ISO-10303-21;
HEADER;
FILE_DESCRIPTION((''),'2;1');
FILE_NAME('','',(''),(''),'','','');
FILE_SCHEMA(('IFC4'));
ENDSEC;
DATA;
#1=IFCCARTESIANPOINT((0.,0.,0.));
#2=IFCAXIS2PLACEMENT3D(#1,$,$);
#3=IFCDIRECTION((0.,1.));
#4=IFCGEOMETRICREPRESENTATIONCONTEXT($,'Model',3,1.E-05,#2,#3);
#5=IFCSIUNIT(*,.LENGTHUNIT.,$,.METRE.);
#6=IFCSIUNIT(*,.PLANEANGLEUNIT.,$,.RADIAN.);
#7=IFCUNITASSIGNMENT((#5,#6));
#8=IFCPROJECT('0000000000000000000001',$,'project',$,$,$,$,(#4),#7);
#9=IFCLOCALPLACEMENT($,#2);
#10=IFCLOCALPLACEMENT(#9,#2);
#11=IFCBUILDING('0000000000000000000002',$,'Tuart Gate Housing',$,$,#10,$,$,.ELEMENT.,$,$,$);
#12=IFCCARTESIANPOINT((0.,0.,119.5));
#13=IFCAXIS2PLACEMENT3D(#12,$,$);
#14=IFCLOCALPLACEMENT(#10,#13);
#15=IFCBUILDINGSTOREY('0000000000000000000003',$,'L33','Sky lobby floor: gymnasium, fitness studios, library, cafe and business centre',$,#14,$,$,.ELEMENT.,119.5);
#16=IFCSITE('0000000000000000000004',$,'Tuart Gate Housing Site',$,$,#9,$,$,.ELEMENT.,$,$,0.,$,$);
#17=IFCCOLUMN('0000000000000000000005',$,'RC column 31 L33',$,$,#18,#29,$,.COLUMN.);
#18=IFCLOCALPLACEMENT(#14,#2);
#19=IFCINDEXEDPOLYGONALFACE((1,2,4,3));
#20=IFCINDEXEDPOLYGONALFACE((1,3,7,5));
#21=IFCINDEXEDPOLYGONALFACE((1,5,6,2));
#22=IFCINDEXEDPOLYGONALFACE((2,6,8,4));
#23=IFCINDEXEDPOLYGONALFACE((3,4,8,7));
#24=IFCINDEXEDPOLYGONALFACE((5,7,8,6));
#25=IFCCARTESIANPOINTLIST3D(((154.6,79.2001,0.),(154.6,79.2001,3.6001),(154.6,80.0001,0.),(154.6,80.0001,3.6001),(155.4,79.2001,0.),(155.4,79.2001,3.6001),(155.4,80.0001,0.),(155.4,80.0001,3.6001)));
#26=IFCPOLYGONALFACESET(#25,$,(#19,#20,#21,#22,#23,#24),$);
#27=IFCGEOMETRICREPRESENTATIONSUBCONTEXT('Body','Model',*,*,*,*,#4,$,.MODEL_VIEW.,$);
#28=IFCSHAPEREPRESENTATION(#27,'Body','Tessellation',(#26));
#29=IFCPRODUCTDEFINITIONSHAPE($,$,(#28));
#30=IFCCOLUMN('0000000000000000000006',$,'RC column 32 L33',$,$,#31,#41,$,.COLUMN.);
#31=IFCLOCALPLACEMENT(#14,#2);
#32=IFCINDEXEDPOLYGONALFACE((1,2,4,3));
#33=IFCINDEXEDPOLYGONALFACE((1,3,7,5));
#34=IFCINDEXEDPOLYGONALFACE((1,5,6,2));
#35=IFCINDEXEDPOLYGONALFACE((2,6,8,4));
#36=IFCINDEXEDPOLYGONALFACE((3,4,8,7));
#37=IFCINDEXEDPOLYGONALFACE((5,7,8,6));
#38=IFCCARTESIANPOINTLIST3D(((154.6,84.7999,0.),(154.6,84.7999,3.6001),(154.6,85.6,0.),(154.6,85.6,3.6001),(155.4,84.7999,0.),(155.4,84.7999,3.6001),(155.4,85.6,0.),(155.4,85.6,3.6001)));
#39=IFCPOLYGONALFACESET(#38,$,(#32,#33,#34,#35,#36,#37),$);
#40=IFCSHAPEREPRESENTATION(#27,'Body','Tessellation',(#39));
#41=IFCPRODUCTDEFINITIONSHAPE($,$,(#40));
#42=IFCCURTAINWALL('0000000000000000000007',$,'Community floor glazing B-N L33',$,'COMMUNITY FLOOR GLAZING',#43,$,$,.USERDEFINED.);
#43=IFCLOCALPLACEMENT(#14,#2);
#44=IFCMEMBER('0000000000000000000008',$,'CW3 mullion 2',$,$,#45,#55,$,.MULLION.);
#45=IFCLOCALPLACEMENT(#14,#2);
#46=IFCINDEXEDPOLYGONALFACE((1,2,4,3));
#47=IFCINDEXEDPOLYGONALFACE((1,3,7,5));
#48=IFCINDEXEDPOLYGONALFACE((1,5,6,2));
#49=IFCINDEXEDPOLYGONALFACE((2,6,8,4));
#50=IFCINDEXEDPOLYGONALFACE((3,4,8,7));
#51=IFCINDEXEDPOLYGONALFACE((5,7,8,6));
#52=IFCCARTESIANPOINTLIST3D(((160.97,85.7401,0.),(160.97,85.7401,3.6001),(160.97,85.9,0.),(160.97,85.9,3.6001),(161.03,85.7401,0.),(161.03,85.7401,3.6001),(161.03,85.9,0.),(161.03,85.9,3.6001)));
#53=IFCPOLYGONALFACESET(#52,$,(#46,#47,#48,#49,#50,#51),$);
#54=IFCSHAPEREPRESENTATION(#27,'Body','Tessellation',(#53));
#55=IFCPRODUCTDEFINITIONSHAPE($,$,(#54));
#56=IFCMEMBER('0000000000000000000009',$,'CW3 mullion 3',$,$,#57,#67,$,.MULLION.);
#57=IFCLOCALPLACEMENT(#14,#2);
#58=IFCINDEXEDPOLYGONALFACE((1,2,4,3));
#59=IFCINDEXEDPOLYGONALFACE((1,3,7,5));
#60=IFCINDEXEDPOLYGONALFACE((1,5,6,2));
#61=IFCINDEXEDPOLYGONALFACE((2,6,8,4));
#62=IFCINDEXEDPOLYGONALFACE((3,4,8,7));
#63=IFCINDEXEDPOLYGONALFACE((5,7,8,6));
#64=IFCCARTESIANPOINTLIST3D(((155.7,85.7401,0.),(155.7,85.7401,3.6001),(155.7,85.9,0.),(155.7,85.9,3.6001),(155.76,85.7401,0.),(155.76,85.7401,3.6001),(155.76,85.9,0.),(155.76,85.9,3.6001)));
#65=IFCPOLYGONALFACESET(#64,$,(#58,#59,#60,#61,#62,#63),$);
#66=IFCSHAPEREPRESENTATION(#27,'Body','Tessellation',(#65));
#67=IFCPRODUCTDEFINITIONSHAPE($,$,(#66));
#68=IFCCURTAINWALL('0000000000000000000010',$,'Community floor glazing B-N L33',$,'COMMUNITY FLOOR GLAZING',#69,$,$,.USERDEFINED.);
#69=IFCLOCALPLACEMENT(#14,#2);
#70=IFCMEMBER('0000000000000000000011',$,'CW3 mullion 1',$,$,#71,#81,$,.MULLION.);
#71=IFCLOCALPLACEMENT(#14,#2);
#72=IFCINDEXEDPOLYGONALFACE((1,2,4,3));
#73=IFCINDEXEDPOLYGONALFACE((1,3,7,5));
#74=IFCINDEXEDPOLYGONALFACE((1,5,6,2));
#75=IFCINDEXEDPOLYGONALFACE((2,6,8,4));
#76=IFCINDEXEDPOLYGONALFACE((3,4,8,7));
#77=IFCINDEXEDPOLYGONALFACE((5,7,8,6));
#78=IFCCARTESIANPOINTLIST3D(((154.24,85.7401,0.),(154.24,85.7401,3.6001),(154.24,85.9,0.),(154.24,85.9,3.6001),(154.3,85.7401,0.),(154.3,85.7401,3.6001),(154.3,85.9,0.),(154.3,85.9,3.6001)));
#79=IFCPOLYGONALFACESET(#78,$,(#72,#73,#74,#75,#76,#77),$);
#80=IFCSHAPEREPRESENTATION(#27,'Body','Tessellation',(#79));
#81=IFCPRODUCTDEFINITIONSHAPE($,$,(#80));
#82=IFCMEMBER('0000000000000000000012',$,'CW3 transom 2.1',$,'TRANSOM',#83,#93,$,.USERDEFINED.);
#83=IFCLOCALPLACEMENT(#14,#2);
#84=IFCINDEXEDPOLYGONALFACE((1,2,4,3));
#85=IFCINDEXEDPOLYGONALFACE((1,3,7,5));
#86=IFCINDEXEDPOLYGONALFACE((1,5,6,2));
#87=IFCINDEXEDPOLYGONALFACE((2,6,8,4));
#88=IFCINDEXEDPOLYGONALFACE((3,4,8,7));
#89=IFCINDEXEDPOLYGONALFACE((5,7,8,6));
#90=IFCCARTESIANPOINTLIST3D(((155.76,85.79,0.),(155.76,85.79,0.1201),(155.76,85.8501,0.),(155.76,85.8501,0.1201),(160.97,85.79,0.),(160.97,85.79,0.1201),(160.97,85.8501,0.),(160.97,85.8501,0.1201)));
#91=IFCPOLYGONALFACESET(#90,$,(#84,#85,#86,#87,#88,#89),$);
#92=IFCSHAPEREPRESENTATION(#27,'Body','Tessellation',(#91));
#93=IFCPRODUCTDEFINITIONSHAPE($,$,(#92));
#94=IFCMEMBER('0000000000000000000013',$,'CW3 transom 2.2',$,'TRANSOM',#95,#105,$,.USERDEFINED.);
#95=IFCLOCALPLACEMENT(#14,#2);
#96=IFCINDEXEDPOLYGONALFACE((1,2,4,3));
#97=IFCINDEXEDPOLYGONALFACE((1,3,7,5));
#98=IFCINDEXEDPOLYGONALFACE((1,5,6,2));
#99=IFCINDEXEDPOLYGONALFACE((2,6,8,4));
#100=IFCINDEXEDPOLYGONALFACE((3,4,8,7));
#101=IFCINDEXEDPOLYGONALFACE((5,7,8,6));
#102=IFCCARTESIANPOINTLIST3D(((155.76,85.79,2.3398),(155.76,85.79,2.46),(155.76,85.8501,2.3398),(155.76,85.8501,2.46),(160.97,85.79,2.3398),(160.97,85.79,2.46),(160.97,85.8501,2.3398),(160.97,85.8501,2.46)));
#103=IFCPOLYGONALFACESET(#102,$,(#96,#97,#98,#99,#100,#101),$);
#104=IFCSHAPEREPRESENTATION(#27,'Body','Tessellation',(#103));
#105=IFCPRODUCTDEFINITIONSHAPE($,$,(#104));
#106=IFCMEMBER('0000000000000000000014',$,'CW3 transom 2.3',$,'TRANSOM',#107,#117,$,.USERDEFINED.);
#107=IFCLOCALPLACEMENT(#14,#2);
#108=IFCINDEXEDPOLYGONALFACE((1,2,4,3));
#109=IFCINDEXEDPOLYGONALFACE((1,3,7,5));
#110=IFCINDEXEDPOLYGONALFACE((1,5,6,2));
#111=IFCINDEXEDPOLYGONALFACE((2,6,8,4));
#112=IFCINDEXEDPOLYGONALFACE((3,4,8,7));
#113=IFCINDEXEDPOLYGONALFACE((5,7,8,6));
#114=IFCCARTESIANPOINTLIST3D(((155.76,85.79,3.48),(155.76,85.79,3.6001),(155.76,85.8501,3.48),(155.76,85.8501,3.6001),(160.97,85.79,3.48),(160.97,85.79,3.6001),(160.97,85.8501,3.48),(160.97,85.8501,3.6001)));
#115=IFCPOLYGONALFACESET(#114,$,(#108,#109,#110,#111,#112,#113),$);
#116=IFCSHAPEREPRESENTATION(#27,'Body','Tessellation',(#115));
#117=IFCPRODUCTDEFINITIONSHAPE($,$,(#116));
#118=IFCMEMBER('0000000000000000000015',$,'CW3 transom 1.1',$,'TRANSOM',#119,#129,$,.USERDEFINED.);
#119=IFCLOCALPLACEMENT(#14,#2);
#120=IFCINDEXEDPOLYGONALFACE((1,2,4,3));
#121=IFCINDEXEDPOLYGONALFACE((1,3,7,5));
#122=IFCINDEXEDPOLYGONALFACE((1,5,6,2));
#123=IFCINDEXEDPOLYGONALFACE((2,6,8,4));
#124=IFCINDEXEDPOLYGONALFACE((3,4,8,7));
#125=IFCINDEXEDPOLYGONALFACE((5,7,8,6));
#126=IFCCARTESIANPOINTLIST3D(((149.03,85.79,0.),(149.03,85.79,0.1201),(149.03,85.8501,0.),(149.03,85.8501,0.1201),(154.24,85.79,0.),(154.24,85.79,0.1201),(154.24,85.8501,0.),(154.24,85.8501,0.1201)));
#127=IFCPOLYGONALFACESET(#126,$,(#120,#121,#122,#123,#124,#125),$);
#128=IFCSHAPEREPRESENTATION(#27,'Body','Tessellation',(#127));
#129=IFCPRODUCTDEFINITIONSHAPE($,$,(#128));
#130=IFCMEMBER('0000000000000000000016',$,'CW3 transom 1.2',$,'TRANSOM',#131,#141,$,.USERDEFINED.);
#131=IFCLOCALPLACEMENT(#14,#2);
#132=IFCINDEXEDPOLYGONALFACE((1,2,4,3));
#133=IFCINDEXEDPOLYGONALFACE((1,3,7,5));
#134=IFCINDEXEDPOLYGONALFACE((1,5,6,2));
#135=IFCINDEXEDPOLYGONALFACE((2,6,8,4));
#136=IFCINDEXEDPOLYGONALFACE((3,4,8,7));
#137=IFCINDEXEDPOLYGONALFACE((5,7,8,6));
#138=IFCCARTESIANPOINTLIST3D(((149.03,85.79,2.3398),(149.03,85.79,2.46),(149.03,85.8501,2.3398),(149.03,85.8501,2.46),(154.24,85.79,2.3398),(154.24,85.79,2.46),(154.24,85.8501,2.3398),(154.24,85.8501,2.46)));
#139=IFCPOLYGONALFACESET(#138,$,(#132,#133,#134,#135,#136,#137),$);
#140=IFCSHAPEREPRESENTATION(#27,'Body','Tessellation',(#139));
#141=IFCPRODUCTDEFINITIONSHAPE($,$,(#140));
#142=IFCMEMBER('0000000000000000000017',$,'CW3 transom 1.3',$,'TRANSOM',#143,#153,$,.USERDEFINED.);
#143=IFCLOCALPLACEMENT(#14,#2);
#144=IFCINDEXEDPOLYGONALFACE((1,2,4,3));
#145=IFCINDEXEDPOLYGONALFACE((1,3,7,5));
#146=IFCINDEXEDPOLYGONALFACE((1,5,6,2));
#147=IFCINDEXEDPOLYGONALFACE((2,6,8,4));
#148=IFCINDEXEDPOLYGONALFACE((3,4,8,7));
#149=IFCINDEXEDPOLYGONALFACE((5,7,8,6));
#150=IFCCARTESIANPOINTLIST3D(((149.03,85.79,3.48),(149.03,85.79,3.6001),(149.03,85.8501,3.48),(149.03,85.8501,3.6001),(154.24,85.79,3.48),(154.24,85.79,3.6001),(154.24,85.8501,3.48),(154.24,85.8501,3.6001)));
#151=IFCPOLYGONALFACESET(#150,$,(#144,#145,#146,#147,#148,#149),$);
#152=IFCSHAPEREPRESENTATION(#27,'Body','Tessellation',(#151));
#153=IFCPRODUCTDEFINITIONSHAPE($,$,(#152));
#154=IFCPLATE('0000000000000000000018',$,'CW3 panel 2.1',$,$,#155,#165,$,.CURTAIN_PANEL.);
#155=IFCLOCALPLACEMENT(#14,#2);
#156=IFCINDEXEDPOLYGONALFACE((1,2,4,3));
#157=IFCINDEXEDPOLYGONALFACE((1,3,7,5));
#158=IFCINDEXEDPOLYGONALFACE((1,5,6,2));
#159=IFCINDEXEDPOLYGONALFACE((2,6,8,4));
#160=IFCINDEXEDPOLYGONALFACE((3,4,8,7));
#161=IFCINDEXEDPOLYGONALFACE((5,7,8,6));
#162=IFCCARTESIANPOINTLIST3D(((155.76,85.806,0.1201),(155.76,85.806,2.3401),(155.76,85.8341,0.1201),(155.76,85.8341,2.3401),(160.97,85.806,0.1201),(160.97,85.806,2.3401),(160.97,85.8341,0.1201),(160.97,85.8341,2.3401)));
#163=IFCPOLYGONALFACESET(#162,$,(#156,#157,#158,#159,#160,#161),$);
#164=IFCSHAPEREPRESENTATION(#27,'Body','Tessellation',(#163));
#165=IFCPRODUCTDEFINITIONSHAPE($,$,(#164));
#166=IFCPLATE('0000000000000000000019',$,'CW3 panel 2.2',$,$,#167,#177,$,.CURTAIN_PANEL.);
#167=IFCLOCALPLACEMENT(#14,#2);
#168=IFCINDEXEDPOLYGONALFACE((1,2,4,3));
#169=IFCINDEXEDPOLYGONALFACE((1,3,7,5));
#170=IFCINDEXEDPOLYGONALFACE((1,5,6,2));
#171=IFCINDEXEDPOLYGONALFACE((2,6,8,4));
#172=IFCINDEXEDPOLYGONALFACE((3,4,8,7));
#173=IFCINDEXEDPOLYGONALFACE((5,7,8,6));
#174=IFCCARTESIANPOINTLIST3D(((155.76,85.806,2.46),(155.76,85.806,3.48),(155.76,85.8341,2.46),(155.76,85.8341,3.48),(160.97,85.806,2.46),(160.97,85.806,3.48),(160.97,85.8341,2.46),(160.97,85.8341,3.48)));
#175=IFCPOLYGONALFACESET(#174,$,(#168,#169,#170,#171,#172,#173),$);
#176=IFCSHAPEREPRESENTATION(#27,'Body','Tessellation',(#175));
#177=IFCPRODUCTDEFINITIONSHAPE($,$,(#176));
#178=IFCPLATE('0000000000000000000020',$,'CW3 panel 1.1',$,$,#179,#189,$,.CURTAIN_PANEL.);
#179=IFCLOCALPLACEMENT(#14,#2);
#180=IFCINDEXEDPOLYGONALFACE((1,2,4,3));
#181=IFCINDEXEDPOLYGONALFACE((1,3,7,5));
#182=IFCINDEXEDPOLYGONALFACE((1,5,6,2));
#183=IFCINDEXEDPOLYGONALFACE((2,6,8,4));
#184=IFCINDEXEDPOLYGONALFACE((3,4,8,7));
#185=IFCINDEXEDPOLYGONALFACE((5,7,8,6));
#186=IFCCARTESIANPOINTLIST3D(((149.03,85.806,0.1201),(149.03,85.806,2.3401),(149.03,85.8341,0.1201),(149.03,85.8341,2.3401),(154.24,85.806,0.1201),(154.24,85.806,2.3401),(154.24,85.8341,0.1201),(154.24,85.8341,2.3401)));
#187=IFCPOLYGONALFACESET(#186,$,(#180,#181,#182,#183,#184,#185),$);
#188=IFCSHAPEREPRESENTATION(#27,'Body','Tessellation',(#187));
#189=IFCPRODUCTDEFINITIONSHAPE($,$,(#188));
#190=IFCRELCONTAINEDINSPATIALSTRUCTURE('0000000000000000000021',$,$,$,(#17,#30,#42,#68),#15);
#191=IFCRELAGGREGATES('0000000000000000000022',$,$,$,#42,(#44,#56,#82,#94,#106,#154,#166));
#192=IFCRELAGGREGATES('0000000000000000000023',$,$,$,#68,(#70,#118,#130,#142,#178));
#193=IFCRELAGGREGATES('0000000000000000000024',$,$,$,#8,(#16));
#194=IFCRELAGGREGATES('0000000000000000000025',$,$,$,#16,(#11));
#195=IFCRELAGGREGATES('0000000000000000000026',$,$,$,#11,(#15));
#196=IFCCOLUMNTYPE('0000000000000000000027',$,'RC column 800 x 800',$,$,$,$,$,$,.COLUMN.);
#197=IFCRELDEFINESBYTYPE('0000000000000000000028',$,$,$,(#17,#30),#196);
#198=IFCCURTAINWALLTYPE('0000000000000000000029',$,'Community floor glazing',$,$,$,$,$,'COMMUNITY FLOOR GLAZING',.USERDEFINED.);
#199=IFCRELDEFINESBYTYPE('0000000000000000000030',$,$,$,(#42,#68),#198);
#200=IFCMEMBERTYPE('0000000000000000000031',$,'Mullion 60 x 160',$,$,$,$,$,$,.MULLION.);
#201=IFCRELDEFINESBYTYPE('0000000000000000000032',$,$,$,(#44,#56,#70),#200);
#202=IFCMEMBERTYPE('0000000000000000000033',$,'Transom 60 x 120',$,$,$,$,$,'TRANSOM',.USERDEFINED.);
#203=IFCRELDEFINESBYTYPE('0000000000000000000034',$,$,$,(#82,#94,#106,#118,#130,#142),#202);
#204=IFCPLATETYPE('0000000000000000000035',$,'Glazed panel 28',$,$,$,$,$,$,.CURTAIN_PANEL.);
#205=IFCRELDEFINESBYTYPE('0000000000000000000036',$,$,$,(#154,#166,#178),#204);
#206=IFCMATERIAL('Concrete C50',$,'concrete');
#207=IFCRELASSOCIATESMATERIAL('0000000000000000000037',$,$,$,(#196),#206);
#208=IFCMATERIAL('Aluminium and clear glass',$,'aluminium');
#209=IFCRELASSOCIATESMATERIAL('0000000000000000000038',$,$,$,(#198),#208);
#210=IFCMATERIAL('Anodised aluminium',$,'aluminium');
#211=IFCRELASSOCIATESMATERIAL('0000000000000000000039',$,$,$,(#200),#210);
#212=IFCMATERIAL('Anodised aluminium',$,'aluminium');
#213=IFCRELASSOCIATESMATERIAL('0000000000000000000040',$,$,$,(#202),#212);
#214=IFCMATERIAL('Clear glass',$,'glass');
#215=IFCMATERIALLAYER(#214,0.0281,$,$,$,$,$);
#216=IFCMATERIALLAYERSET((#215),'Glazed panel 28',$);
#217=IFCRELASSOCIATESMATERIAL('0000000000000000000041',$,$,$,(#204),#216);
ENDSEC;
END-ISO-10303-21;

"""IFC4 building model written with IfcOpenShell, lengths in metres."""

from ifc_helpers import new_model, si_unit, direction, frame, origin, origin_2d, place, context, subcontext, project, spatial, rectangle, extrude, material, layer, layer_set, material_profile, profile_set, type_object, element, aggregate, save


model = new_model("IFC4")

# Units and contexts
model_context = context("Model", 3, precision=1e-05, world=origin(), true_north=direction((0.0, 1.0)))
body_context = subcontext(model_context, "Body", "Model", "MODEL_VIEW")
ifc_project = project(units=[si_unit("LENGTHUNIT", "METRE"), si_unit("PLANEANGLEUNIT", "RADIAN")], contexts=[model_context])

# Site, building, storey
site_placement = place(None, origin())
site = spatial("IfcSite", under=ifc_project, at=site_placement, Name="Tuart Gate Housing Site", CompositionType="ELEMENT", RefElevation=0.0)
building_placement = place(site_placement, origin())
building = spatial("IfcBuilding", under=site, at=building_placement, Name="Tuart Gate Housing", CompositionType="ELEMENT")
storey_placement = place(building_placement, frame((0.0, 0.0, 119.5)))
storey = spatial("IfcBuildingStorey", under=building, at=storey_placement, Name="L33", Description="Sky lobby floor: gymnasium, fitness studios, library, cafe and business centre", CompositionType="ELEMENT", Elevation=119.5)

# Columns
ifc_material_1 = material(Name="Concrete C50", Category="concrete")
ifc_material_profile_1 = material_profile(ifc_material_1, rectangle(XDim=0.8, YDim=0.8, at=origin_2d()), Name="RC column 800 x 800")
ifc_profile_set_1 = profile_set([ifc_material_profile_1], Name="Concrete C50")
column_type = type_object("IfcColumnType", Name="RC column 800 x 800", PredefinedType="COLUMN", material=ifc_profile_set_1)
for number, where, z_axis, x_axis, name in (
    (1, (155.0, 79.6001, 0.0), (0.0, 0.0, 1.0), (1.0, 0.0, 0.0), "RC column 31 L33"),
    (2, (155.0, 85.2, 0.0), (0.0, 0.0, 1.0), (1.0, 0.0, 0.0), "RC column 32 L33"),
):
    element("IfcColumn", number, at=place(storey_placement, frame(where, z_axis=z_axis, x_axis=x_axis)), inside=storey, type_object=column_type, Name=name, PredefinedType="COLUMN", context=body_context, shape_type="SweptSolid", body=[
        extrude(rectangle(XDim=0.8, YDim=0.8, at=origin_2d()), origin(), (0.0, 0.0, 1.0), 3.6001),
    ])

# Curtain wall, members
ifc_material_2 = material(Name="Aluminium and clear glass", Category="aluminium")
curtain_wall_type = type_object("IfcCurtainWallType", Name="Community floor glazing", ElementType="COMMUNITY FLOOR GLAZING", PredefinedType="USERDEFINED", material=ifc_material_2)
curtain_wall_1_placement = place(storey_placement, origin())
curtain_wall_1 = element("IfcCurtainWall", 3, at=curtain_wall_1_placement, inside=storey, type_object=curtain_wall_type, Name="Community floor glazing B-N L33", ObjectType="COMMUNITY FLOOR GLAZING", PredefinedType="USERDEFINED")
ifc_material_3 = material(Name="Anodised aluminium", Category="aluminium")
ifc_material_profile_2 = material_profile(ifc_material_3, rectangle(XDim=0.0601, YDim=0.1599, at=origin_2d()), Name="60x160")
ifc_profile_set_2 = profile_set([ifc_material_profile_2], Name="Anodised aluminium")
member_type_1 = type_object("IfcMemberType", Name="Mullion 60 x 160", PredefinedType="MULLION", material=ifc_profile_set_2)
member_1_placement = place(storey_placement, frame((161.0, 85.8201, 0.0), z_axis=(0.0, 0.0, 1.0), x_axis=(-1.0, 0.0, 0.0)))
member_1 = element("IfcMember", 4, at=member_1_placement, type_object=member_type_1, Name="CW3 mullion 2", PredefinedType="MULLION", context=body_context, shape_type="SweptSolid", body=[
    extrude(rectangle(XDim=0.0601, YDim=0.1599, at=origin_2d()), origin(), (0.0, 0.0, 1.0), 3.6001),
])
member_2_placement = place(storey_placement, frame((155.73, 85.8201, 0.0), z_axis=(0.0, 0.0, 1.0), x_axis=(-1.0, 0.0, 0.0)))
member_2 = element("IfcMember", 5, at=member_2_placement, type_object=member_type_1, Name="CW3 mullion 3", PredefinedType="MULLION", context=body_context, shape_type="SweptSolid", body=[
    extrude(rectangle(XDim=0.0601, YDim=0.1599, at=origin_2d()), origin(), (0.0, 0.0, 1.0), 3.6001),
])

# Curtain wall, member
curtain_wall_2_placement = place(storey_placement, origin())
curtain_wall_2 = element("IfcCurtainWall", 6, at=curtain_wall_2_placement, inside=storey, type_object=curtain_wall_type, Name="Community floor glazing B-N L33", ObjectType="COMMUNITY FLOOR GLAZING", PredefinedType="USERDEFINED")
member_3_placement = place(storey_placement, frame((154.27, 85.8201, 0.0), z_axis=(0.0, 0.0, 1.0), x_axis=(-1.0, 0.0, 0.0)))
member_3 = element("IfcMember", 7, at=member_3_placement, type_object=member_type_1, Name="CW3 mullion 1", PredefinedType="MULLION", context=body_context, shape_type="SweptSolid", body=[
    extrude(rectangle(XDim=0.0601, YDim=0.1599, at=origin_2d()), origin(), (0.0, 0.0, 1.0), 3.6001),
])

# Members
ifc_material_4 = material(Name="Anodised aluminium", Category="aluminium")
ifc_material_profile_3 = material_profile(ifc_material_4, rectangle(XDim=0.0601, YDim=0.1201, at=origin_2d()), Name="60x120")
ifc_profile_set_3 = profile_set([ifc_material_profile_3], Name="Anodised aluminium")
member_type_2 = type_object("IfcMemberType", Name="Transom 60 x 120", ElementType="TRANSOM", PredefinedType="USERDEFINED", material=ifc_profile_set_3)
member_4_placement = place(storey_placement, frame((160.97, 85.8201, 0.0601), z_axis=(-1.0, 0.0, 0.0), x_axis=(0.0, -1.0, 0.0)))
member_4 = element("IfcMember", 8, at=member_4_placement, type_object=member_type_2, Name="CW3 transom 2.1", ObjectType="TRANSOM", PredefinedType="USERDEFINED", context=body_context, shape_type="SweptSolid", body=[
    extrude(rectangle(XDim=0.0601, YDim=0.1201, at=origin_2d()), origin(), (0.0, 0.0, 1.0), 5.21),
])
member_5_placement = place(storey_placement, frame((160.97, 85.8201, 2.3999), z_axis=(-1.0, 0.0, 0.0), x_axis=(0.0, -1.0, 0.0)))
member_5 = element("IfcMember", 9, at=member_5_placement, type_object=member_type_2, Name="CW3 transom 2.2", ObjectType="TRANSOM", PredefinedType="USERDEFINED", context=body_context, shape_type="SweptSolid", body=[
    extrude(rectangle(XDim=0.0601, YDim=0.1201, at=origin_2d()), origin(), (0.0, 0.0, 1.0), 5.21),
])
member_6_placement = place(storey_placement, frame((160.97, 85.8201, 3.54), z_axis=(-1.0, 0.0, 0.0), x_axis=(0.0, -1.0, 0.0)))
member_6 = element("IfcMember", 10, at=member_6_placement, type_object=member_type_2, Name="CW3 transom 2.3", ObjectType="TRANSOM", PredefinedType="USERDEFINED", context=body_context, shape_type="SweptSolid", body=[
    extrude(rectangle(XDim=0.0601, YDim=0.1201, at=origin_2d()), origin(), (0.0, 0.0, 1.0), 5.21),
])
member_7_placement = place(storey_placement, frame((154.24, 85.8201, 0.0601), z_axis=(-1.0, 0.0, 0.0), x_axis=(0.0, -1.0, 0.0)))
member_7 = element("IfcMember", 11, at=member_7_placement, type_object=member_type_2, Name="CW3 transom 1.1", ObjectType="TRANSOM", PredefinedType="USERDEFINED", context=body_context, shape_type="SweptSolid", body=[
    extrude(rectangle(XDim=0.0601, YDim=0.1201, at=origin_2d()), origin(), (0.0, 0.0, 1.0), 5.21),
])
member_8_placement = place(storey_placement, frame((154.24, 85.8201, 2.3999), z_axis=(-1.0, 0.0, 0.0), x_axis=(0.0, -1.0, 0.0)))
member_8 = element("IfcMember", 12, at=member_8_placement, type_object=member_type_2, Name="CW3 transom 1.2", ObjectType="TRANSOM", PredefinedType="USERDEFINED", context=body_context, shape_type="SweptSolid", body=[
    extrude(rectangle(XDim=0.0601, YDim=0.1201, at=origin_2d()), origin(), (0.0, 0.0, 1.0), 5.21),
])
member_9_placement = place(storey_placement, frame((154.24, 85.8201, 3.54), z_axis=(-1.0, 0.0, 0.0), x_axis=(0.0, -1.0, 0.0)))
member_9 = element("IfcMember", 13, at=member_9_placement, type_object=member_type_2, Name="CW3 transom 1.3", ObjectType="TRANSOM", PredefinedType="USERDEFINED", context=body_context, shape_type="SweptSolid", body=[
    extrude(rectangle(XDim=0.0601, YDim=0.1201, at=origin_2d()), origin(), (0.0, 0.0, 1.0), 5.21),
])

# Plates
ifc_material_5 = material(Name="Clear glass", Category="glass")
ifc_layer_1 = layer(ifc_material_5, 0.0281)
ifc_layer_set_1 = layer_set([ifc_layer_1], Name="Glazed panel 28")
plate_type = type_object("IfcPlateType", Name="Glazed panel 28", PredefinedType="CURTAIN_PANEL", material=ifc_layer_set_1)
plate_1_placement = place(storey_placement, frame((158.365, 85.8201, 0.1201), z_axis=(0.0, 0.0, 1.0), x_axis=(-1.0, 0.0, 0.0)))
plate_1 = element("IfcPlate", 14, at=plate_1_placement, type_object=plate_type, Name="CW3 panel 2.1", PredefinedType="CURTAIN_PANEL", context=body_context, shape_type="SweptSolid", body=[
    extrude(rectangle(XDim=5.21, YDim=0.0281, at=origin_2d()), origin(), (0.0, 0.0, 1.0), 2.22),
])
plate_2_placement = place(storey_placement, frame((158.365, 85.8201, 2.46), z_axis=(0.0, 0.0, 1.0), x_axis=(-1.0, 0.0, 0.0)))
plate_2 = element("IfcPlate", 15, at=plate_2_placement, type_object=plate_type, Name="CW3 panel 2.2", PredefinedType="CURTAIN_PANEL", context=body_context, shape_type="SweptSolid", body=[
    extrude(rectangle(XDim=5.21, YDim=0.0281, at=origin_2d()), origin(), (0.0, 0.0, 1.0), 1.02),
])
aggregate(curtain_wall_1, [member_1, member_2, member_4, member_5, member_6, plate_1, plate_2])
plate_3_placement = place(storey_placement, frame((151.635, 85.8201, 0.1201), z_axis=(0.0, 0.0, 1.0), x_axis=(-1.0, 0.0, 0.0)))
plate_3 = element("IfcPlate", 16, at=plate_3_placement, type_object=plate_type, Name="CW3 panel 1.1", PredefinedType="CURTAIN_PANEL", context=body_context, shape_type="SweptSolid", body=[
    extrude(rectangle(XDim=5.21, YDim=0.0281, at=origin_2d()), origin(), (0.0, 0.0, 1.0), 2.22),
])
aggregate(curtain_wall_2, [member_3, member_7, member_8, member_9, plate_3])

save(model, "model.ifc")
